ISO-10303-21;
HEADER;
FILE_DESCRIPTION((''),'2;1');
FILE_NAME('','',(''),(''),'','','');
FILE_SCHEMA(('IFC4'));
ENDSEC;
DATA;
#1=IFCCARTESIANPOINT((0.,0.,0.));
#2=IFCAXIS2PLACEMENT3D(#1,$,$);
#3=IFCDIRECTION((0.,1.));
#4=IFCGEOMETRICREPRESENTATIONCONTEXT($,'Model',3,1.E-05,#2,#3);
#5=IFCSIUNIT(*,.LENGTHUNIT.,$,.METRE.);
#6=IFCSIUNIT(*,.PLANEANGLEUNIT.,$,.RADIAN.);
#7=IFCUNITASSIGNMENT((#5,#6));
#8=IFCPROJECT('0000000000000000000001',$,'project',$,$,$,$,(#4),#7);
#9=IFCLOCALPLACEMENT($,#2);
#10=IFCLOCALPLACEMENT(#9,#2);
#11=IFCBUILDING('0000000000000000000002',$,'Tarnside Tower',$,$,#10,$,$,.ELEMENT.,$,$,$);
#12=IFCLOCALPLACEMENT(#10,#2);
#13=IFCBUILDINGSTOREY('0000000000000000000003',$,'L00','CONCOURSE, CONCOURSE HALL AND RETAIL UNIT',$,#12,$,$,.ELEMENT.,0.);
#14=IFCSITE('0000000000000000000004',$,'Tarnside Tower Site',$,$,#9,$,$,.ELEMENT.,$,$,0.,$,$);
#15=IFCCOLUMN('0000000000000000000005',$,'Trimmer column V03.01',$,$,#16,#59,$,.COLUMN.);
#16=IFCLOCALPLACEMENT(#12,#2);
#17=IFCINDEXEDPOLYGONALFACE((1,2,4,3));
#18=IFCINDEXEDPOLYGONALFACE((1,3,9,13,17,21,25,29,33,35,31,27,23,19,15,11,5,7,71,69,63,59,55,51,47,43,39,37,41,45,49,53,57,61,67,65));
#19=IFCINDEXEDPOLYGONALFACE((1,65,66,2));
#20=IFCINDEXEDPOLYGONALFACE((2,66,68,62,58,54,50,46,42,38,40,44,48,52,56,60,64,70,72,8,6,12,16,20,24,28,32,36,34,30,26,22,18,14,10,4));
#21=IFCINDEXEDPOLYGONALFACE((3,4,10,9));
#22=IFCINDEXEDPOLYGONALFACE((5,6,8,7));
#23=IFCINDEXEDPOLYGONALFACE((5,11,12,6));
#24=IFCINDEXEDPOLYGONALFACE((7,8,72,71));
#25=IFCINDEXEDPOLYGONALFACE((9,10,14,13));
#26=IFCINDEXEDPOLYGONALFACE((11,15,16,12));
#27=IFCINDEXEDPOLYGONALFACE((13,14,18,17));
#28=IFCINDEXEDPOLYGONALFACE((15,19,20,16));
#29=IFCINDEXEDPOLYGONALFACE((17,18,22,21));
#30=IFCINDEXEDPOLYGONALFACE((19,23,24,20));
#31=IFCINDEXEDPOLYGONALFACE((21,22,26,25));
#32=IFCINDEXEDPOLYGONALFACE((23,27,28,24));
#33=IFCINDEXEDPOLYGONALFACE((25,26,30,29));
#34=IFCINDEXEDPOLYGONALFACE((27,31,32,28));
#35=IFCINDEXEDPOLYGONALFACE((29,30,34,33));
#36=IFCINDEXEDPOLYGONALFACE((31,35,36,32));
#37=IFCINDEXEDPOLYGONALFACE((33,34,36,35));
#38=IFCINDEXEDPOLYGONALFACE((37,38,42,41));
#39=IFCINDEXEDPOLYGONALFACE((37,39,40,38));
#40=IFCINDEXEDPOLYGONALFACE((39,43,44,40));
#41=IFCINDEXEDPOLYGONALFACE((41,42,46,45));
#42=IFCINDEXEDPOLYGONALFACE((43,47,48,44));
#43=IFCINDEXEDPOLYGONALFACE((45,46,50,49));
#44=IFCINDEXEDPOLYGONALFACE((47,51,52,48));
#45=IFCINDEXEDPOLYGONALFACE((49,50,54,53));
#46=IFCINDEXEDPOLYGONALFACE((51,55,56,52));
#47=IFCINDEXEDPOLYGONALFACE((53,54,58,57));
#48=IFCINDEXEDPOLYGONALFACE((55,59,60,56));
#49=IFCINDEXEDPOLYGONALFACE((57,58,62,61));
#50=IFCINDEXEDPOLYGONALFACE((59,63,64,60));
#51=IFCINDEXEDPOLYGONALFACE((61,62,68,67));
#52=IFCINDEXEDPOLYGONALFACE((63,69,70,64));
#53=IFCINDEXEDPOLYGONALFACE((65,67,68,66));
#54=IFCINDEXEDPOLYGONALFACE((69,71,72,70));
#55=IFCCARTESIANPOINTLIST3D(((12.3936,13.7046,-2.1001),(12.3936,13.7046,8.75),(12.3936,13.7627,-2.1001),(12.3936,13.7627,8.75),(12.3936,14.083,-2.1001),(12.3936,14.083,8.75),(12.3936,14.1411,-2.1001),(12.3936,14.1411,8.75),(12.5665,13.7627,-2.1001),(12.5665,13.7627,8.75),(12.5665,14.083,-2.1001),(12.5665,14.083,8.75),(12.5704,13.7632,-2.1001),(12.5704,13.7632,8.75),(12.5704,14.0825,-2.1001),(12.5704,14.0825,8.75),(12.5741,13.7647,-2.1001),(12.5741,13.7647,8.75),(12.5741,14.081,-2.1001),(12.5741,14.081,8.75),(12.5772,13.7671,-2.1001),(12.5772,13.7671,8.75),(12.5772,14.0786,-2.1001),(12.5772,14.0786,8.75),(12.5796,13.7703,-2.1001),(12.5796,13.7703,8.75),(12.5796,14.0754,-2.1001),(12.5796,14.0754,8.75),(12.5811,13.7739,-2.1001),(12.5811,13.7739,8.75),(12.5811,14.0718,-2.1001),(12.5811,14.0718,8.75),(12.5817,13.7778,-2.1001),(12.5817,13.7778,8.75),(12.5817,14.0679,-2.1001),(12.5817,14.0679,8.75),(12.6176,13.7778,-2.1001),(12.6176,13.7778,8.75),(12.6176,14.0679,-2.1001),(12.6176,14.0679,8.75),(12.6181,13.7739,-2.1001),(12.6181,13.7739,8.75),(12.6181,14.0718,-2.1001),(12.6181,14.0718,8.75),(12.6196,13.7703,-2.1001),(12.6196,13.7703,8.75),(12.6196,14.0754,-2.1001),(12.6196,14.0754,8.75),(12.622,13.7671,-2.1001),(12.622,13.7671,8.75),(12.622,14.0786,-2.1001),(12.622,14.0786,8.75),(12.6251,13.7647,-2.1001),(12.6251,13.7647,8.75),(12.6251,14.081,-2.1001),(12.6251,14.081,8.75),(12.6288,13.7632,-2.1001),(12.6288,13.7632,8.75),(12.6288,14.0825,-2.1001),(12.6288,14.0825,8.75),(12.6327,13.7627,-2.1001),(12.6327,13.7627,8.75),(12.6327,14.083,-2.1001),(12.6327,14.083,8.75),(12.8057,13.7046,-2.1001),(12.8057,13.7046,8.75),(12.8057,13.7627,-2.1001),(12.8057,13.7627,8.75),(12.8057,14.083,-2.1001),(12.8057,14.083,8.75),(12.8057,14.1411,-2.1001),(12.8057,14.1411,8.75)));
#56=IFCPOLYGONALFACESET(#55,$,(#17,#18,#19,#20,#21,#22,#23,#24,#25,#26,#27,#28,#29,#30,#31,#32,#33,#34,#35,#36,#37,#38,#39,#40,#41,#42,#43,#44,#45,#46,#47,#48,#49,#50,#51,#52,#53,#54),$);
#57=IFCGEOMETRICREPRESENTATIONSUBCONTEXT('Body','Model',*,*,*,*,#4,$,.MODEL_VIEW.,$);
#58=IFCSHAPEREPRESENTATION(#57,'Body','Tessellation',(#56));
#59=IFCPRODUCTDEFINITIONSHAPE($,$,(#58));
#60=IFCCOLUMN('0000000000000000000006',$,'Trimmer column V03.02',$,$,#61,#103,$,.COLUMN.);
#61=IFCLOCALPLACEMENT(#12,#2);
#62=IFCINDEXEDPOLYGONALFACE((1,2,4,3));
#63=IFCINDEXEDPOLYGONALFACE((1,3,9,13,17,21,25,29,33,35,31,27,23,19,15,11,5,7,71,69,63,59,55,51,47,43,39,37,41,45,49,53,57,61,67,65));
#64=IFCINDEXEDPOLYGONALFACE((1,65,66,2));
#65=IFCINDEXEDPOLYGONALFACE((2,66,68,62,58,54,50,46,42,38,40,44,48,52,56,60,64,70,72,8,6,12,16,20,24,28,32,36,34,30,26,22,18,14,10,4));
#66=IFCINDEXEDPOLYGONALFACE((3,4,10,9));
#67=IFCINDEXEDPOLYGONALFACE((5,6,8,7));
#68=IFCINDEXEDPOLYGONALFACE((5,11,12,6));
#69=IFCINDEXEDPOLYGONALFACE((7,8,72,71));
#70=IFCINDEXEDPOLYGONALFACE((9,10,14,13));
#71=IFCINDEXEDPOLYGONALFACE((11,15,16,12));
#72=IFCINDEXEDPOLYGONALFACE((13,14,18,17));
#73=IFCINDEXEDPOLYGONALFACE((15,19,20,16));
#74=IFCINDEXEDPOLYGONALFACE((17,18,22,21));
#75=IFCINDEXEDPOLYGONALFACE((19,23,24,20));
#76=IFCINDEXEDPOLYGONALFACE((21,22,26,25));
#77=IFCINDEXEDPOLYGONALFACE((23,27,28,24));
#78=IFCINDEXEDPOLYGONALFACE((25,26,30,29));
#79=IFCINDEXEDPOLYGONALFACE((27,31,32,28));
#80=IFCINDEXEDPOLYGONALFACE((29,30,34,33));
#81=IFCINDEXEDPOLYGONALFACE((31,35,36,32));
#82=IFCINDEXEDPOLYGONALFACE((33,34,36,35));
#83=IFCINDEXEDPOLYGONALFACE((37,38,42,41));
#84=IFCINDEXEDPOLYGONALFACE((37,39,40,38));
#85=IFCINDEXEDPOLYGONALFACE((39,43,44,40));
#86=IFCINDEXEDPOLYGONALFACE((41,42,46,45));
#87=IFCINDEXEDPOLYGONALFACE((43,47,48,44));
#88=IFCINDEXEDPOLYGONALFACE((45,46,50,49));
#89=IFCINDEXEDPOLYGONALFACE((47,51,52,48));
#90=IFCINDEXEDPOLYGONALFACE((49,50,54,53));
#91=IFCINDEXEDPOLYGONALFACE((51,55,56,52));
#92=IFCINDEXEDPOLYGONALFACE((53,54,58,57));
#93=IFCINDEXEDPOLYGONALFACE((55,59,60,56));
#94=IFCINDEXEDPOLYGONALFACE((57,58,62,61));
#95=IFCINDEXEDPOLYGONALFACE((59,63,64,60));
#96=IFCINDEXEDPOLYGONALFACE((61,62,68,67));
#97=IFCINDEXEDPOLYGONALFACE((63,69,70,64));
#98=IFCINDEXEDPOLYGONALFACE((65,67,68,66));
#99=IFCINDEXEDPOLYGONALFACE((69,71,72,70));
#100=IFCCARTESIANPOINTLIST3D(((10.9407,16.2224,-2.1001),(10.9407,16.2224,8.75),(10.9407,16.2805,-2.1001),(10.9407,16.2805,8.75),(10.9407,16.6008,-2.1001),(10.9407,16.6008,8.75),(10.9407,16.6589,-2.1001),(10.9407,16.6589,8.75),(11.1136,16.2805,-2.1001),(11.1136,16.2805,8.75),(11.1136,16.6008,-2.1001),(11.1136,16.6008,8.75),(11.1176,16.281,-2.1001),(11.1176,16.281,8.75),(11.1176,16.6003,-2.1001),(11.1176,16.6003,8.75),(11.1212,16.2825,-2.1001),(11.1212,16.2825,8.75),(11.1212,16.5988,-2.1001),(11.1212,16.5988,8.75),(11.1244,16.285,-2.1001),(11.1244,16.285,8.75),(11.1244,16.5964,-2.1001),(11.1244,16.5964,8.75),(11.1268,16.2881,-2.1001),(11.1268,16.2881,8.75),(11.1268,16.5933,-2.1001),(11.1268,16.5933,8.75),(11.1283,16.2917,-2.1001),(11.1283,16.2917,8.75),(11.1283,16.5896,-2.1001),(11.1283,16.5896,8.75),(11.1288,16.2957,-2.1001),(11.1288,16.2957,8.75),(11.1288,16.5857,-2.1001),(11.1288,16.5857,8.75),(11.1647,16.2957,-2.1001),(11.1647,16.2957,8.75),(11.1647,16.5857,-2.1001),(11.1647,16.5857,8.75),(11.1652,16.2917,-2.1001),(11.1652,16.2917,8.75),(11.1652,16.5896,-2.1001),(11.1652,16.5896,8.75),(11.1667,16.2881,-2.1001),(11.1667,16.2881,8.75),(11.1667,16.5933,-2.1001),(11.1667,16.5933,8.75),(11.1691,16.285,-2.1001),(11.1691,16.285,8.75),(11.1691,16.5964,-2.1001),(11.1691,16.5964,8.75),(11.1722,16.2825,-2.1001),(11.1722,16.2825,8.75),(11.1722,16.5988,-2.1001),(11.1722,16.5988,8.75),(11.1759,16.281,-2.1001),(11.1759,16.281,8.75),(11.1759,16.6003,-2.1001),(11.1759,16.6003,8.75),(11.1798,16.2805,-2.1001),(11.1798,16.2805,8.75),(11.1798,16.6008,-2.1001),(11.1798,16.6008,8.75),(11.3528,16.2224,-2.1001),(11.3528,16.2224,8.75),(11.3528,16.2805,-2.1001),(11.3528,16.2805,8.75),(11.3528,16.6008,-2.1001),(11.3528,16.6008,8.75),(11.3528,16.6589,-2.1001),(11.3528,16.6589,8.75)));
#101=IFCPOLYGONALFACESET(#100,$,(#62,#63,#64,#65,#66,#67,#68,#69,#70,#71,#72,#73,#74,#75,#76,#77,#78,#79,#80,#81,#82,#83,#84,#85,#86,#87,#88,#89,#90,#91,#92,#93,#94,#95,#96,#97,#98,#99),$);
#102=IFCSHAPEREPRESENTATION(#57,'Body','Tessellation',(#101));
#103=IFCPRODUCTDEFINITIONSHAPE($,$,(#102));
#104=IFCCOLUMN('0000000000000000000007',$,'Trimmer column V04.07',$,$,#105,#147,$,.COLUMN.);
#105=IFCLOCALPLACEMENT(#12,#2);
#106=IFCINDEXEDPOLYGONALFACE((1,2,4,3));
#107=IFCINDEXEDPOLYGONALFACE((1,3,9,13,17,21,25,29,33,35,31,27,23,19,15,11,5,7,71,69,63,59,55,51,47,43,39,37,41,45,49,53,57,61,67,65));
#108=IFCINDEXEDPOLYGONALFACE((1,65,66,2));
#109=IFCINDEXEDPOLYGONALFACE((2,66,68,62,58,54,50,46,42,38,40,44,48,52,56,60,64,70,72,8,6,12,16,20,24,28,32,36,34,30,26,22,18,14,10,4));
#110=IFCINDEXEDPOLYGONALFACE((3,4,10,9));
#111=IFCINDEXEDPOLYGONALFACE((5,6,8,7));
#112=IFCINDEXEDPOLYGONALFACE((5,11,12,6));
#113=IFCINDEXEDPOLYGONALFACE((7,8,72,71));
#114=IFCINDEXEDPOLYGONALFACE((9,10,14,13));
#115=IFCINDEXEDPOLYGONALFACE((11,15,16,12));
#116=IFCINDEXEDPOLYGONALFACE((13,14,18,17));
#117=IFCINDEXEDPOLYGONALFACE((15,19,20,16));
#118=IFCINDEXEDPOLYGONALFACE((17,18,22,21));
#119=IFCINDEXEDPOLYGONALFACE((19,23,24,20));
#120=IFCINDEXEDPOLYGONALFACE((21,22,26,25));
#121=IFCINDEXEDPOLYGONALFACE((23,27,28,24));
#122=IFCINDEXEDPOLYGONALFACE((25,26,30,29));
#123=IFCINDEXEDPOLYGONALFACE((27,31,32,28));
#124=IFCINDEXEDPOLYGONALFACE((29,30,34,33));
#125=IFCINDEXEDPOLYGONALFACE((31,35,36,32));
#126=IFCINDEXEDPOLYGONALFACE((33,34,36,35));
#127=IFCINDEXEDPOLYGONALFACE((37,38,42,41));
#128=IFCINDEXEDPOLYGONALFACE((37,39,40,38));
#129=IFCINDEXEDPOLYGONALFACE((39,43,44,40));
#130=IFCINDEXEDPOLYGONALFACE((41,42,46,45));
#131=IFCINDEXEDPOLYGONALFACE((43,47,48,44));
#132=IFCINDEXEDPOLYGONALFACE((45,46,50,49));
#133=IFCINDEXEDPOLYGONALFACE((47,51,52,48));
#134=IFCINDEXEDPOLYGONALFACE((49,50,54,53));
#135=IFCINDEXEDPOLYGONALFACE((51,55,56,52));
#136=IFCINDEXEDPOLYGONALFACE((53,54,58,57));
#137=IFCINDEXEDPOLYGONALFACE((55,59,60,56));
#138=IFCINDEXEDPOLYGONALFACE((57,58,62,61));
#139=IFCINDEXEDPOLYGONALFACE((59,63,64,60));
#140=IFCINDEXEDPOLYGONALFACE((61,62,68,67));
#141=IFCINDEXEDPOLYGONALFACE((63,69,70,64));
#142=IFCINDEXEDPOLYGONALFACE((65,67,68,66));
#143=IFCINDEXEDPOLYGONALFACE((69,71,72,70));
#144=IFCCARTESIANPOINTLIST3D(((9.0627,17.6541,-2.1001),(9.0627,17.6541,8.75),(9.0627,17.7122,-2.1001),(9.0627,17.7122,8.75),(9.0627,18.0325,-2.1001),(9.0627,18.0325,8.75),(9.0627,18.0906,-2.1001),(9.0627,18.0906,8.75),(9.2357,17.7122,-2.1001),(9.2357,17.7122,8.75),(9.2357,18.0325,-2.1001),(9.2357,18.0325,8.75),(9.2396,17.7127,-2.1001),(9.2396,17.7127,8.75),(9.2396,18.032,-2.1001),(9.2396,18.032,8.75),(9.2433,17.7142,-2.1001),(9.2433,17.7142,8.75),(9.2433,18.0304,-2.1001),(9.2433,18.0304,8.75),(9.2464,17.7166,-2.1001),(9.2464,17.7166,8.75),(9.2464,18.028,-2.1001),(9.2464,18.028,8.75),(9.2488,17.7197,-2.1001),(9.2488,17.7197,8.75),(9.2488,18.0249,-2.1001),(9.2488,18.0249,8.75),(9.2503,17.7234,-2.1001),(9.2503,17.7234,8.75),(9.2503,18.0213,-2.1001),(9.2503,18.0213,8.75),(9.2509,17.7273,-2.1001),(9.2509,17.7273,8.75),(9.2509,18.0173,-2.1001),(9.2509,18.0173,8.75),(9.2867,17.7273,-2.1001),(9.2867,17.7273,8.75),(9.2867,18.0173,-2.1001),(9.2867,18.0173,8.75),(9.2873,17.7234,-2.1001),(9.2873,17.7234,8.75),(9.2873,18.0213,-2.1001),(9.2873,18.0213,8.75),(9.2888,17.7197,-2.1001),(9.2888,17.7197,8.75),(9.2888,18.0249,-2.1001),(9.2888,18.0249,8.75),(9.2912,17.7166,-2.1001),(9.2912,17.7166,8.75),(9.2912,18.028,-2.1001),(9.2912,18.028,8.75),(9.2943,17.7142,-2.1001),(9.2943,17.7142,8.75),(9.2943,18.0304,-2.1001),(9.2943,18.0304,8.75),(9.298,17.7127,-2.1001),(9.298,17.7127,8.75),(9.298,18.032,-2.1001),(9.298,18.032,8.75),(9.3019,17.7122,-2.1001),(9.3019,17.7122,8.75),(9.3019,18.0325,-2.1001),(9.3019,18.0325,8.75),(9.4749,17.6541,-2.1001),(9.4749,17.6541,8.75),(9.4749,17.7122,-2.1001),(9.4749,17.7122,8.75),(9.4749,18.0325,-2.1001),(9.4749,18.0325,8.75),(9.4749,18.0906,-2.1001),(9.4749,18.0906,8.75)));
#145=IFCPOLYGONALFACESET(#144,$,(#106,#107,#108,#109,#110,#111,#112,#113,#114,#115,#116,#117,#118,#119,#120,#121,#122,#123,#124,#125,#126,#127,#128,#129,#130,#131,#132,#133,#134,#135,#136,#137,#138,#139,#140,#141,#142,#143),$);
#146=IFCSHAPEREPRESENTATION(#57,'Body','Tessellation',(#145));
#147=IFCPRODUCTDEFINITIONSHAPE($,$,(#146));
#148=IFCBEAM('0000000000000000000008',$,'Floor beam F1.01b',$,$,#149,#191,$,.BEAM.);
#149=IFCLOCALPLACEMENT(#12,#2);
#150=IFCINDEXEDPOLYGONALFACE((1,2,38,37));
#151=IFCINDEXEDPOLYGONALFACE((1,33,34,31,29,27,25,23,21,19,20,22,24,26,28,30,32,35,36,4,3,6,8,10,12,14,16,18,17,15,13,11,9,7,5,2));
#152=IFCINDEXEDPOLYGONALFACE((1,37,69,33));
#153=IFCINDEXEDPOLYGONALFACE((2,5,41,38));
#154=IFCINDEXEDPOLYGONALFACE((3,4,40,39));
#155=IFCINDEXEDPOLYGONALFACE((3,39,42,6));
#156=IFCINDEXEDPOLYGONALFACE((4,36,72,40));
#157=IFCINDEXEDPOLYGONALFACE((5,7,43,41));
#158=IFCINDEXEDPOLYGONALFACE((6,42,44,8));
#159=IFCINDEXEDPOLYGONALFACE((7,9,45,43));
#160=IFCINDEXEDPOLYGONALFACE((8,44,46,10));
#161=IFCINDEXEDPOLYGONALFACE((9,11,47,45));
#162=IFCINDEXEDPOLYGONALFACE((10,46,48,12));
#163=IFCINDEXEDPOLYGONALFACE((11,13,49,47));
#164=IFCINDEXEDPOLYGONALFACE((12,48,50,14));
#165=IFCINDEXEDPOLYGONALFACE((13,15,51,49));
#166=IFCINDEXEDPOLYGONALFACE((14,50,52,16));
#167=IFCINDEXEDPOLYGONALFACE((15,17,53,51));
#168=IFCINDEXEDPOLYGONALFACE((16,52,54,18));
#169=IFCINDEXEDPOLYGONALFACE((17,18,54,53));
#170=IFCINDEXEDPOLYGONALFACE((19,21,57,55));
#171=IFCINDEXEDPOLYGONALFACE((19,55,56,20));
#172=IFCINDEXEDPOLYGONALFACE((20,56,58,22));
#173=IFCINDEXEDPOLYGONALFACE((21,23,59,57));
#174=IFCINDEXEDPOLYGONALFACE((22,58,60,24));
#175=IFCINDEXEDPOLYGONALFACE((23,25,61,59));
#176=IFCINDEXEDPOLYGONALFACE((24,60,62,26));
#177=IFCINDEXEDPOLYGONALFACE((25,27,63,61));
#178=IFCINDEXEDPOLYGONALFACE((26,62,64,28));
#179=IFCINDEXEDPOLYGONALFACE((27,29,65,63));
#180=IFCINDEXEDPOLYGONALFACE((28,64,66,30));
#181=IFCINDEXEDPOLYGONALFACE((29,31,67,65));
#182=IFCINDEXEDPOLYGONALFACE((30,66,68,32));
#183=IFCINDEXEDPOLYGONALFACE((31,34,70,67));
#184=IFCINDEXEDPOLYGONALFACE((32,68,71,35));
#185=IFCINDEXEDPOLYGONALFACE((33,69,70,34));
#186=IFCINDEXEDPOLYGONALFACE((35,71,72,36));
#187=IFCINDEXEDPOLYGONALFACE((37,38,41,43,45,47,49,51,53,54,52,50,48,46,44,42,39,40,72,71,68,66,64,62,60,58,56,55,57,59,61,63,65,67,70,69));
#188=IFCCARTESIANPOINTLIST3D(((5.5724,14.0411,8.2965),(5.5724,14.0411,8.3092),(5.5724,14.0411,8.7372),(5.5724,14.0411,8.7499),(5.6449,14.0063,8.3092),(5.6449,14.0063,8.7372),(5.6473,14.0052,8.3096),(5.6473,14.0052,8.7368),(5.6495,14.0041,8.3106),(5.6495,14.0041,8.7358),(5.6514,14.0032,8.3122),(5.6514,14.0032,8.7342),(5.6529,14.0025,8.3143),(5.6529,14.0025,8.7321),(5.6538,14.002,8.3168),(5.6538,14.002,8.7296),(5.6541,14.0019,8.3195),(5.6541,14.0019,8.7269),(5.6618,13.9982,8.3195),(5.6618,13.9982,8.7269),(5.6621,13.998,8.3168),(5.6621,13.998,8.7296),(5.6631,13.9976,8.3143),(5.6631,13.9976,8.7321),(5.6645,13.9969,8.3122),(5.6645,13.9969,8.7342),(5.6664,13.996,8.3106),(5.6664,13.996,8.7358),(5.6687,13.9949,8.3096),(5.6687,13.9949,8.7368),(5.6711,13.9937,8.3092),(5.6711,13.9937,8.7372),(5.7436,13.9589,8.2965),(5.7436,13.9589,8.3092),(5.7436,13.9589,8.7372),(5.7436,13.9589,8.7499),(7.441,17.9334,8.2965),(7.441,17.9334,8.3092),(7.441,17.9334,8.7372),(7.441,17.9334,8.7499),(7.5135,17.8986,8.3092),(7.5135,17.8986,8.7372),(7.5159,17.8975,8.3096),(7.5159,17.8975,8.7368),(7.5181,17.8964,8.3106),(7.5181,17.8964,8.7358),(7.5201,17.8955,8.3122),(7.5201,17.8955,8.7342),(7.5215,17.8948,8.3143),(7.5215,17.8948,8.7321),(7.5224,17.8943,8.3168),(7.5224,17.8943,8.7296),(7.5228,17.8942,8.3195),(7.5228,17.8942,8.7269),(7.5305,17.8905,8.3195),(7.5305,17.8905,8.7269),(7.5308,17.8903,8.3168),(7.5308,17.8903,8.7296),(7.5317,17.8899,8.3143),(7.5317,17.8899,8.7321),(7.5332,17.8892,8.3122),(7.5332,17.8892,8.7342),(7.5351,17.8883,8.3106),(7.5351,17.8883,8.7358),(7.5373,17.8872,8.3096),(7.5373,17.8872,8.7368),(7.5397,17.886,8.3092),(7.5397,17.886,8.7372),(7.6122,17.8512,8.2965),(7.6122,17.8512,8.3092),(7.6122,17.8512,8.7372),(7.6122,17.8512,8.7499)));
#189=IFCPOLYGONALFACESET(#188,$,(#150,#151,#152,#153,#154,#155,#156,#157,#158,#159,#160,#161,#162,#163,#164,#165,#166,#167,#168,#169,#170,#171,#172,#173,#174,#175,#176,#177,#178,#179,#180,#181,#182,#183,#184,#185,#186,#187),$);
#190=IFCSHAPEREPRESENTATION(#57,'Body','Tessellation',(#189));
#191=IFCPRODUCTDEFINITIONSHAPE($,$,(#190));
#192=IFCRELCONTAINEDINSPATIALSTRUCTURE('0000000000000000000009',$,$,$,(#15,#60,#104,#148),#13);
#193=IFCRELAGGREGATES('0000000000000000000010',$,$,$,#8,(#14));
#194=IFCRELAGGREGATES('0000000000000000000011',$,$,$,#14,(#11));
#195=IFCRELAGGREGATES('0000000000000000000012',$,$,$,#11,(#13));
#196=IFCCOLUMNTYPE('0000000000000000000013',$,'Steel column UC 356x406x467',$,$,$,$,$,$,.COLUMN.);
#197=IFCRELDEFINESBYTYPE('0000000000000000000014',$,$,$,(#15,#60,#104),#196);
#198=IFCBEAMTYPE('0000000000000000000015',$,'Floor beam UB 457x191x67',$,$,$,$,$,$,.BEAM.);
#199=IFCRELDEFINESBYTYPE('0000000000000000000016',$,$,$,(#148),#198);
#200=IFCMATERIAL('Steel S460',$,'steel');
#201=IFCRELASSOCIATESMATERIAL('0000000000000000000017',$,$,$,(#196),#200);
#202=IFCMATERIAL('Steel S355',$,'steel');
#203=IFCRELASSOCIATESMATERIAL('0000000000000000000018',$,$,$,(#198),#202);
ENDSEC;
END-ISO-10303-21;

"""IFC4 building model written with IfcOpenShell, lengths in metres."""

from ifc_helpers import new_model, si_unit, direction, frame, origin, origin_2d, place, context, subcontext, project, spatial, i_section, extrude, material, material_profile, profile_set, type_object, element, save


model = new_model("IFC4")

# Units and contexts
model_context = context("Model", 3, precision=1e-05, world=origin(), true_north=direction((0.0, 1.0)))
body_context = subcontext(model_context, "Body", "Model", "MODEL_VIEW")
ifc_project = project(units=[si_unit("LENGTHUNIT", "METRE"), si_unit("PLANEANGLEUNIT", "RADIAN")], contexts=[model_context])

# Site, building, storey
site_placement = place(None, origin())
site = spatial("IfcSite", under=ifc_project, at=site_placement, Name="Tarnside Tower Site", CompositionType="ELEMENT", RefElevation=0.0)
building_placement = place(site_placement, origin())
building = spatial("IfcBuilding", under=site, at=building_placement, Name="Tarnside Tower", CompositionType="ELEMENT")
storey_placement = place(building_placement, origin())
storey = spatial("IfcBuildingStorey", under=building, at=storey_placement, Name="L00", Description="CONCOURSE, CONCOURSE HALL AND RETAIL UNIT", CompositionType="ELEMENT", Elevation=0.0)

# Columns
ifc_material_1 = material(Name="Steel S460", Category="steel")
ifc_material_profile_1 = material_profile(ifc_material_1, i_section(OverallWidth=0.4121, OverallDepth=0.4365, WebThickness=0.0359, FlangeThickness=0.0581, FilletRadius=0.0151, at=origin_2d()), Name="UC 356x406x467")
ifc_profile_set_1 = profile_set([ifc_material_profile_1], Name="Steel S460")
column_type = type_object("IfcColumnType", Name="Steel column UC 356x406x467", PredefinedType="COLUMN", material=ifc_profile_set_1)
for number, where, z_axis, x_axis, name in (
    (1, (12.5996, 13.9229, -2.1001), (0.0, 0.0, 1.0), (1.0, 0.0, 0.0), "Trimmer column V03.01"),
    (2, (11.1467, 16.4407, -2.1001), (0.0, 0.0, 1.0), (1.0, 0.0, 0.0), "Trimmer column V03.02"),
    (3, (9.2688, 17.8723, -2.1001), (0.0, 0.0, 1.0), (1.0, 0.0, 0.0), "Trimmer column V04.07"),
):
    element("IfcColumn", number, at=place(storey_placement, frame(where, z_axis=z_axis, x_axis=x_axis)), inside=storey, type_object=column_type, Name=name, PredefinedType="COLUMN", context=body_context, shape_type="SweptSolid", body=[
        extrude(i_section(OverallWidth=0.4121, OverallDepth=0.4365, WebThickness=0.0359, FlangeThickness=0.0581, FilletRadius=0.0151, at=origin_2d()), origin(), (0.0, 0.0, 1.0), 10.8501),
    ])

# Beam
ifc_material_2 = material(Name="Steel S355", Category="steel")
ifc_material_profile_2 = material_profile(ifc_material_2, i_section(OverallWidth=0.1899, OverallDepth=0.4534, WebThickness=0.0085, FlangeThickness=0.0127, FilletRadius=0.0103, at=origin_2d()), Name="UB 457x191x67")
ifc_profile_set_2 = profile_set([ifc_material_profile_2], Name="Steel S355")
beam_type_1 = type_object("IfcBeamType", Name="Floor beam UB 457x191x67", PredefinedType="BEAM", material=ifc_profile_set_2)
beam_1_placement = place(storey_placement, frame((7.5266, 17.8923, 8.5232), z_axis=(-0.432794, -0.901493, 0.0), x_axis=(0.901493, -0.432794, 0.0)))
element("IfcBeam", 4, at=beam_1_placement, inside=storey, type_object=beam_type_1, Name="Floor beam F1.01b", PredefinedType="BEAM", context=body_context, shape_type="SweptSolid", body=[
    extrude(i_section(OverallWidth=0.1899, OverallDepth=0.4534, WebThickness=0.0085, FlangeThickness=0.0127, FilletRadius=0.0103, at=origin_2d()), origin(), (0.0, 0.0, 1.0), 4.3176),
])

save(model, "model.ifc")
